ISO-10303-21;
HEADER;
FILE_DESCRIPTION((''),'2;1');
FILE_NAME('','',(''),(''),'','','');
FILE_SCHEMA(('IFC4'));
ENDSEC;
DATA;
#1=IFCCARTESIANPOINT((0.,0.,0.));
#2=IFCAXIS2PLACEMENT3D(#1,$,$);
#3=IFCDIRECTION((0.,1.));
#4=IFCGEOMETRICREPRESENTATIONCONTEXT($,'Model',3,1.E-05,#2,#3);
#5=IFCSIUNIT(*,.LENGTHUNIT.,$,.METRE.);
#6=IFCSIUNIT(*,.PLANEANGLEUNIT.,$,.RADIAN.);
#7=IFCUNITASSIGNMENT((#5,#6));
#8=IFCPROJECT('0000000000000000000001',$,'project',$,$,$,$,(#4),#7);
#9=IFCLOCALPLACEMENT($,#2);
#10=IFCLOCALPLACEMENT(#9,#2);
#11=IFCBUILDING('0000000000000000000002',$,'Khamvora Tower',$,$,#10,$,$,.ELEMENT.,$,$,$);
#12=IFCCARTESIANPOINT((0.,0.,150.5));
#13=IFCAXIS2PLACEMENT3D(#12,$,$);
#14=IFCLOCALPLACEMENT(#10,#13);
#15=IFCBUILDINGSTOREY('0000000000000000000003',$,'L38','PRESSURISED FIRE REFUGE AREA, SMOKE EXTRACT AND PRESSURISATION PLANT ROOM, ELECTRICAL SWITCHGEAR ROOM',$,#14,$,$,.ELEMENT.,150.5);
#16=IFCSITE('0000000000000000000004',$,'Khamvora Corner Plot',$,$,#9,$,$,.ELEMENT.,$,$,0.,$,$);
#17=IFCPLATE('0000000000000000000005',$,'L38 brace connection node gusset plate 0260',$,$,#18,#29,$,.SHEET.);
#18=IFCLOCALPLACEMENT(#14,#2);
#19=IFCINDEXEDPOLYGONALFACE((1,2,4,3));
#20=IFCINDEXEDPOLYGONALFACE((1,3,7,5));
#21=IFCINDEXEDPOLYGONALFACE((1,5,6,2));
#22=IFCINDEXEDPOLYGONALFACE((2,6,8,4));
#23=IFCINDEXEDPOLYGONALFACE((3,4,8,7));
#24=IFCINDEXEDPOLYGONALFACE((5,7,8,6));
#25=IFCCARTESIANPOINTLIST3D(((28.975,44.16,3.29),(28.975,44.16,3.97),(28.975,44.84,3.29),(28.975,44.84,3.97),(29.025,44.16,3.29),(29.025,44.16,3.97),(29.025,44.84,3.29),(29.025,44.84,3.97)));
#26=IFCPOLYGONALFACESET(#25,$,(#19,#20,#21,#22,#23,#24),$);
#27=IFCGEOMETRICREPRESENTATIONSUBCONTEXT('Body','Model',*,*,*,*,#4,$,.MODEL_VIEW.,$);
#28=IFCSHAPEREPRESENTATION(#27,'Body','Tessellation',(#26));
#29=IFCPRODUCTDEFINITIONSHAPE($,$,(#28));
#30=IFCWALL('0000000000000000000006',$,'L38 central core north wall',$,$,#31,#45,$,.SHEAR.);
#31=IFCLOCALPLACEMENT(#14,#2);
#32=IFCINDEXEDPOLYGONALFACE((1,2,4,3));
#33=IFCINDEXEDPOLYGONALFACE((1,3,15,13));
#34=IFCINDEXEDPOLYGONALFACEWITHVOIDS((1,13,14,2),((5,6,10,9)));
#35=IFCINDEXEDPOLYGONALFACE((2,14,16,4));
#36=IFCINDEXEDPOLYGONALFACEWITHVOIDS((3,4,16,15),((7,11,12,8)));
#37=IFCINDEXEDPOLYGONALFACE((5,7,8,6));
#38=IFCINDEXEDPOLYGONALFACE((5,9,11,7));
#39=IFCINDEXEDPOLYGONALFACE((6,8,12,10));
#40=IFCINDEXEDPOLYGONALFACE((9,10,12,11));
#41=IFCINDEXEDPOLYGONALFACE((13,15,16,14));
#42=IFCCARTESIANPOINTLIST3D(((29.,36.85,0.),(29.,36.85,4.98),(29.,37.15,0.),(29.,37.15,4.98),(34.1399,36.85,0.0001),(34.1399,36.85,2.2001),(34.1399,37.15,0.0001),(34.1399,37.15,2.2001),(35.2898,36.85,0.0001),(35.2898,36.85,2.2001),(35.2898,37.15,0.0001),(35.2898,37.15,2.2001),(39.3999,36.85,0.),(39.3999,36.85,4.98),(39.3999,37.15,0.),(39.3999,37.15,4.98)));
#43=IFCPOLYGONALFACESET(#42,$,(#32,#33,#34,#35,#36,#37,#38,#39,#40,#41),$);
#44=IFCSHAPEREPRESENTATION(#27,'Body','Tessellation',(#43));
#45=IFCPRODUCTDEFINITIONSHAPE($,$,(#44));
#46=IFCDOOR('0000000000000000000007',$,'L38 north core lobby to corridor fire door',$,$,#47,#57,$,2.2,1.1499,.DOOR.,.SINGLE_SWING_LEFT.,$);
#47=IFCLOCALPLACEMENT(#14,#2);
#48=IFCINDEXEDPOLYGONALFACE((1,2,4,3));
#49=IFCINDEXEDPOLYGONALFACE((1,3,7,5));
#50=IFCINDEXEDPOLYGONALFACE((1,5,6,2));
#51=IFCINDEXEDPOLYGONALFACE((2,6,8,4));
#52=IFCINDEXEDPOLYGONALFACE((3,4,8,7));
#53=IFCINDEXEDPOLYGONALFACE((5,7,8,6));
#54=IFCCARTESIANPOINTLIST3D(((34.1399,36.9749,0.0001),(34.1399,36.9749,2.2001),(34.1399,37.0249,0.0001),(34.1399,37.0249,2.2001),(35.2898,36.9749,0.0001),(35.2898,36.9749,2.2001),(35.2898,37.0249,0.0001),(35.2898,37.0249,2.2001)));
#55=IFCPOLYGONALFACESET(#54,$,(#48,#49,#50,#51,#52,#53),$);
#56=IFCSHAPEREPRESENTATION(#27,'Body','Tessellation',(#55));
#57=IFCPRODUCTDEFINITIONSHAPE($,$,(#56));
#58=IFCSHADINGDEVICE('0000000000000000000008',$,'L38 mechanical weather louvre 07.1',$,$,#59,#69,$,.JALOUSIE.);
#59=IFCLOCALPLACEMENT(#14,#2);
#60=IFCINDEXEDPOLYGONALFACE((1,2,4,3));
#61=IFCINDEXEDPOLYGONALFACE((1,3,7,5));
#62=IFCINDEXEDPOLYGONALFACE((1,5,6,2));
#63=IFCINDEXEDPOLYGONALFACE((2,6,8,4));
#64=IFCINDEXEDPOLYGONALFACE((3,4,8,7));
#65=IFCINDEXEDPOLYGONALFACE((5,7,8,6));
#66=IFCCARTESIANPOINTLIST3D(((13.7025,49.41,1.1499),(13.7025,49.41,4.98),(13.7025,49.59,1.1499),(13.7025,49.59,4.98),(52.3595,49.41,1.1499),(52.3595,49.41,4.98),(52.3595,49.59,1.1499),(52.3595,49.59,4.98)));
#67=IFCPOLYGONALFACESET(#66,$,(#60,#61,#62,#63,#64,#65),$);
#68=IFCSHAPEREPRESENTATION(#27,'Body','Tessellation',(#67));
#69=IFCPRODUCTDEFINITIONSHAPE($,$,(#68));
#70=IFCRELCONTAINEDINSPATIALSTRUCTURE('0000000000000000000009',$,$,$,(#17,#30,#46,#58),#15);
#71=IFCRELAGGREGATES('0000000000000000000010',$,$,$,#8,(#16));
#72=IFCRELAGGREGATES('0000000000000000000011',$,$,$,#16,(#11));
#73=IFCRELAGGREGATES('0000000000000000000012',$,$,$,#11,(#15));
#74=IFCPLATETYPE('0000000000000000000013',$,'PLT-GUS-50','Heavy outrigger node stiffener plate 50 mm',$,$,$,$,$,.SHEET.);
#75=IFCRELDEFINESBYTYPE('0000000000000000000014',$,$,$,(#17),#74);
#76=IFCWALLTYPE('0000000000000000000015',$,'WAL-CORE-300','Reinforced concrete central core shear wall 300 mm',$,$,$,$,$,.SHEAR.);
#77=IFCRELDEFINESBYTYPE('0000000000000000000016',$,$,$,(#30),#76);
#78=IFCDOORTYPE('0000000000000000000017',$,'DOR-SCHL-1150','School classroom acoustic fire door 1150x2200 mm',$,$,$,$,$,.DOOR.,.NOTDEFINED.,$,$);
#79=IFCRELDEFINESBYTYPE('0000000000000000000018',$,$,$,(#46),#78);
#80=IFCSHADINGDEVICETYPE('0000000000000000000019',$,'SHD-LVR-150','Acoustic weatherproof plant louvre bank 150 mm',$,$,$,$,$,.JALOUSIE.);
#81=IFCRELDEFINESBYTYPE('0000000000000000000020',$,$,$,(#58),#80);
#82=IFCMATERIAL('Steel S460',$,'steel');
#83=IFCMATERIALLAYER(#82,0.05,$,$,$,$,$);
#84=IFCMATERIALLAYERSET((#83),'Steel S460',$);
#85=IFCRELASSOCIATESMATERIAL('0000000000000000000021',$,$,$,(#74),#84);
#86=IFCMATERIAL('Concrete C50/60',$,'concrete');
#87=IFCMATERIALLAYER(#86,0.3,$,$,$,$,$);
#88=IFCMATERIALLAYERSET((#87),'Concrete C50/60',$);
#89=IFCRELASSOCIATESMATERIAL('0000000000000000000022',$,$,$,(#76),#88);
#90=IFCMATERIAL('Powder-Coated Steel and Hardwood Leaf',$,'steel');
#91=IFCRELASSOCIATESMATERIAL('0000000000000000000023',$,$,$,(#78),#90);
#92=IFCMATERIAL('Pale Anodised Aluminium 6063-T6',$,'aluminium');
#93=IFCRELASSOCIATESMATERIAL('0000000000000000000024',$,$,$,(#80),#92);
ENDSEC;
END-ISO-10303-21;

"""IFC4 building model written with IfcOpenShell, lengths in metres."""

from ifc_helpers import new_model, si_unit, direction, frame, frame_2d, origin, origin_2d, place, context, subcontext, project, spatial, rectangle, extrude, material, layer, layer_set, type_object, element, fill, save


model = new_model("IFC4")

# Units and contexts
model_context = context("Model", 3, precision=1e-05, world=origin(), true_north=direction((0.0, 1.0)))
body_context = subcontext(model_context, "Body", "Model", "MODEL_VIEW")
ifc_project = project(units=[si_unit("LENGTHUNIT", "METRE"), si_unit("PLANEANGLEUNIT", "RADIAN")], contexts=[model_context])

# Site, building, storey
site_placement = place(None, origin())
site = spatial("IfcSite", under=ifc_project, at=site_placement, Name="Khamvora Corner Plot", CompositionType="ELEMENT", RefElevation=0.0)
building_placement = place(site_placement, origin())
building = spatial("IfcBuilding", under=site, at=building_placement, Name="Khamvora Tower", CompositionType="ELEMENT")
storey_placement = place(building_placement, frame((0.0, 0.0, 150.5)))
storey = spatial("IfcBuildingStorey", under=building, at=storey_placement, Name="L38", Description="PRESSURISED FIRE REFUGE AREA, SMOKE EXTRACT AND PRESSURISATION PLANT ROOM, ELECTRICAL SWITCHGEAR ROOM", CompositionType="ELEMENT", Elevation=150.5)

# Shared definitions
ifc_material_1 = material(Name="Steel S460", Category="steel")

# Plate
ifc_layer_1 = layer(ifc_material_1, 0.05)
ifc_layer_set_1 = layer_set([ifc_layer_1], Name="Steel S460")
plate_type_1 = type_object("IfcPlateType", Name="PLT-GUS-50", Description="Heavy outrigger node stiffener plate 50 mm", PredefinedType="SHEET", material=ifc_layer_set_1)
for number, where, z_axis, x_axis, name in (
    (1, (29.0, 44.5, 3.29), (0.0, 0.0, 1.0), (0.0, 1.0, 0.0), "L38 brace connection node gusset plate 0260"),
):
    element("IfcPlate", number, at=place(storey_placement, frame(where, z_axis=z_axis, x_axis=x_axis)), inside=storey, type_object=plate_type_1, Name=name, PredefinedType="SHEET", context=body_context, shape_type="SweptSolid", body=[
        extrude(rectangle(XDim=0.6799, YDim=0.05, at=origin_2d()), origin(), (0.0, 0.0, 1.0), 0.6799),
    ])

# Wall, opening, door
ifc_material_2 = material(Name="Concrete C50/60", Category="concrete")
ifc_layer_2 = layer(ifc_material_2, 0.3)
ifc_layer_set_2 = layer_set([ifc_layer_2], Name="Concrete C50/60")
wall_type = type_object("IfcWallType", Name="WAL-CORE-300", Description="Reinforced concrete central core shear wall 300 mm", PredefinedType="SHEAR", material=ifc_layer_set_2)
wall_placement = place(storey_placement, frame((29.0, 37.0, 0.0), z_axis=(0.0, 0.0, 1.0), x_axis=(1.0, 0.0, 0.0)))
wall = element("IfcWall", 2, at=wall_placement, inside=storey, type_object=wall_type, Name="L38 central core north wall", PredefinedType="SHEAR", context=body_context, shape_type="SweptSolid", body=[
    extrude(rectangle(XDim=10.3999, YDim=0.3, at=frame_2d((5.2, 0.0))), origin(), (0.0, 0.0, 1.0), 4.98),
])
opening_placement = place(wall_placement, frame((5.1399, 0.0, 0.0)))
opening = element("IfcOpeningElement", 3, at=opening_placement, cuts=wall, PredefinedType="OPENING", context=body_context, shape_type="SweptSolid", body=[
    extrude(rectangle(XDim=1.1499, YDim=2.2, at=frame_2d((0.575, 1.1001))), frame((0.0, 0.1599, 0.0), z_axis=(0.0, -1.0, 0.0), x_axis=(1.0, 0.0, 0.0)), (0.0, 0.0, 1.0), 0.3201),
])
ifc_material_3 = material(Name="Powder-Coated Steel and Hardwood Leaf", Category="steel")
door_type = type_object("IfcDoorType", Name="DOR-SCHL-1150", Description="School classroom acoustic fire door 1150x2200 mm", OperationType="NOTDEFINED", PredefinedType="DOOR", material=ifc_material_3)
door_placement = place(opening_placement, origin())
door = element("IfcDoor", 4, at=door_placement, inside=storey, type_object=door_type, Name="L38 north core lobby to corridor fire door", OperationType="SINGLE_SWING_LEFT", OverallHeight=2.2, OverallWidth=1.1499, PredefinedType="DOOR", context=body_context, shape_type="SweptSolid", body=[
    extrude(rectangle(XDim=1.1499, YDim=2.2, at=frame_2d((0.575, 1.1001))), frame((0.0, 0.0249, 0.0), z_axis=(0.0, -1.0, 0.0), x_axis=(1.0, 0.0, 0.0)), (0.0, 0.0, 1.0), 0.05),
])
fill(opening, door)

# Shading device
ifc_material_4 = material(Name="Pale Anodised Aluminium 6063-T6", Category="aluminium")
shading_device_type = type_object("IfcShadingDeviceType", Name="SHD-LVR-150", Description="Acoustic weatherproof plant louvre bank 150 mm", PredefinedType="JALOUSIE", material=ifc_material_4)
shading_device_placement = place(storey_placement, frame((33.031, 49.5, 1.1499), z_axis=(0.0, 0.0, 1.0), x_axis=(1.0, 0.0, 0.0)))
element("IfcShadingDevice", 5, at=shading_device_placement, inside=storey, type_object=shading_device_type, Name="L38 mechanical weather louvre 07.1", PredefinedType="JALOUSIE", context=body_context, shape_type="SweptSolid", body=[
    extrude(rectangle(XDim=38.657, YDim=0.1799, at=origin_2d()), origin(), (0.0, 0.0, 1.0), 3.8301),
])

save(model, "model.ifc")
